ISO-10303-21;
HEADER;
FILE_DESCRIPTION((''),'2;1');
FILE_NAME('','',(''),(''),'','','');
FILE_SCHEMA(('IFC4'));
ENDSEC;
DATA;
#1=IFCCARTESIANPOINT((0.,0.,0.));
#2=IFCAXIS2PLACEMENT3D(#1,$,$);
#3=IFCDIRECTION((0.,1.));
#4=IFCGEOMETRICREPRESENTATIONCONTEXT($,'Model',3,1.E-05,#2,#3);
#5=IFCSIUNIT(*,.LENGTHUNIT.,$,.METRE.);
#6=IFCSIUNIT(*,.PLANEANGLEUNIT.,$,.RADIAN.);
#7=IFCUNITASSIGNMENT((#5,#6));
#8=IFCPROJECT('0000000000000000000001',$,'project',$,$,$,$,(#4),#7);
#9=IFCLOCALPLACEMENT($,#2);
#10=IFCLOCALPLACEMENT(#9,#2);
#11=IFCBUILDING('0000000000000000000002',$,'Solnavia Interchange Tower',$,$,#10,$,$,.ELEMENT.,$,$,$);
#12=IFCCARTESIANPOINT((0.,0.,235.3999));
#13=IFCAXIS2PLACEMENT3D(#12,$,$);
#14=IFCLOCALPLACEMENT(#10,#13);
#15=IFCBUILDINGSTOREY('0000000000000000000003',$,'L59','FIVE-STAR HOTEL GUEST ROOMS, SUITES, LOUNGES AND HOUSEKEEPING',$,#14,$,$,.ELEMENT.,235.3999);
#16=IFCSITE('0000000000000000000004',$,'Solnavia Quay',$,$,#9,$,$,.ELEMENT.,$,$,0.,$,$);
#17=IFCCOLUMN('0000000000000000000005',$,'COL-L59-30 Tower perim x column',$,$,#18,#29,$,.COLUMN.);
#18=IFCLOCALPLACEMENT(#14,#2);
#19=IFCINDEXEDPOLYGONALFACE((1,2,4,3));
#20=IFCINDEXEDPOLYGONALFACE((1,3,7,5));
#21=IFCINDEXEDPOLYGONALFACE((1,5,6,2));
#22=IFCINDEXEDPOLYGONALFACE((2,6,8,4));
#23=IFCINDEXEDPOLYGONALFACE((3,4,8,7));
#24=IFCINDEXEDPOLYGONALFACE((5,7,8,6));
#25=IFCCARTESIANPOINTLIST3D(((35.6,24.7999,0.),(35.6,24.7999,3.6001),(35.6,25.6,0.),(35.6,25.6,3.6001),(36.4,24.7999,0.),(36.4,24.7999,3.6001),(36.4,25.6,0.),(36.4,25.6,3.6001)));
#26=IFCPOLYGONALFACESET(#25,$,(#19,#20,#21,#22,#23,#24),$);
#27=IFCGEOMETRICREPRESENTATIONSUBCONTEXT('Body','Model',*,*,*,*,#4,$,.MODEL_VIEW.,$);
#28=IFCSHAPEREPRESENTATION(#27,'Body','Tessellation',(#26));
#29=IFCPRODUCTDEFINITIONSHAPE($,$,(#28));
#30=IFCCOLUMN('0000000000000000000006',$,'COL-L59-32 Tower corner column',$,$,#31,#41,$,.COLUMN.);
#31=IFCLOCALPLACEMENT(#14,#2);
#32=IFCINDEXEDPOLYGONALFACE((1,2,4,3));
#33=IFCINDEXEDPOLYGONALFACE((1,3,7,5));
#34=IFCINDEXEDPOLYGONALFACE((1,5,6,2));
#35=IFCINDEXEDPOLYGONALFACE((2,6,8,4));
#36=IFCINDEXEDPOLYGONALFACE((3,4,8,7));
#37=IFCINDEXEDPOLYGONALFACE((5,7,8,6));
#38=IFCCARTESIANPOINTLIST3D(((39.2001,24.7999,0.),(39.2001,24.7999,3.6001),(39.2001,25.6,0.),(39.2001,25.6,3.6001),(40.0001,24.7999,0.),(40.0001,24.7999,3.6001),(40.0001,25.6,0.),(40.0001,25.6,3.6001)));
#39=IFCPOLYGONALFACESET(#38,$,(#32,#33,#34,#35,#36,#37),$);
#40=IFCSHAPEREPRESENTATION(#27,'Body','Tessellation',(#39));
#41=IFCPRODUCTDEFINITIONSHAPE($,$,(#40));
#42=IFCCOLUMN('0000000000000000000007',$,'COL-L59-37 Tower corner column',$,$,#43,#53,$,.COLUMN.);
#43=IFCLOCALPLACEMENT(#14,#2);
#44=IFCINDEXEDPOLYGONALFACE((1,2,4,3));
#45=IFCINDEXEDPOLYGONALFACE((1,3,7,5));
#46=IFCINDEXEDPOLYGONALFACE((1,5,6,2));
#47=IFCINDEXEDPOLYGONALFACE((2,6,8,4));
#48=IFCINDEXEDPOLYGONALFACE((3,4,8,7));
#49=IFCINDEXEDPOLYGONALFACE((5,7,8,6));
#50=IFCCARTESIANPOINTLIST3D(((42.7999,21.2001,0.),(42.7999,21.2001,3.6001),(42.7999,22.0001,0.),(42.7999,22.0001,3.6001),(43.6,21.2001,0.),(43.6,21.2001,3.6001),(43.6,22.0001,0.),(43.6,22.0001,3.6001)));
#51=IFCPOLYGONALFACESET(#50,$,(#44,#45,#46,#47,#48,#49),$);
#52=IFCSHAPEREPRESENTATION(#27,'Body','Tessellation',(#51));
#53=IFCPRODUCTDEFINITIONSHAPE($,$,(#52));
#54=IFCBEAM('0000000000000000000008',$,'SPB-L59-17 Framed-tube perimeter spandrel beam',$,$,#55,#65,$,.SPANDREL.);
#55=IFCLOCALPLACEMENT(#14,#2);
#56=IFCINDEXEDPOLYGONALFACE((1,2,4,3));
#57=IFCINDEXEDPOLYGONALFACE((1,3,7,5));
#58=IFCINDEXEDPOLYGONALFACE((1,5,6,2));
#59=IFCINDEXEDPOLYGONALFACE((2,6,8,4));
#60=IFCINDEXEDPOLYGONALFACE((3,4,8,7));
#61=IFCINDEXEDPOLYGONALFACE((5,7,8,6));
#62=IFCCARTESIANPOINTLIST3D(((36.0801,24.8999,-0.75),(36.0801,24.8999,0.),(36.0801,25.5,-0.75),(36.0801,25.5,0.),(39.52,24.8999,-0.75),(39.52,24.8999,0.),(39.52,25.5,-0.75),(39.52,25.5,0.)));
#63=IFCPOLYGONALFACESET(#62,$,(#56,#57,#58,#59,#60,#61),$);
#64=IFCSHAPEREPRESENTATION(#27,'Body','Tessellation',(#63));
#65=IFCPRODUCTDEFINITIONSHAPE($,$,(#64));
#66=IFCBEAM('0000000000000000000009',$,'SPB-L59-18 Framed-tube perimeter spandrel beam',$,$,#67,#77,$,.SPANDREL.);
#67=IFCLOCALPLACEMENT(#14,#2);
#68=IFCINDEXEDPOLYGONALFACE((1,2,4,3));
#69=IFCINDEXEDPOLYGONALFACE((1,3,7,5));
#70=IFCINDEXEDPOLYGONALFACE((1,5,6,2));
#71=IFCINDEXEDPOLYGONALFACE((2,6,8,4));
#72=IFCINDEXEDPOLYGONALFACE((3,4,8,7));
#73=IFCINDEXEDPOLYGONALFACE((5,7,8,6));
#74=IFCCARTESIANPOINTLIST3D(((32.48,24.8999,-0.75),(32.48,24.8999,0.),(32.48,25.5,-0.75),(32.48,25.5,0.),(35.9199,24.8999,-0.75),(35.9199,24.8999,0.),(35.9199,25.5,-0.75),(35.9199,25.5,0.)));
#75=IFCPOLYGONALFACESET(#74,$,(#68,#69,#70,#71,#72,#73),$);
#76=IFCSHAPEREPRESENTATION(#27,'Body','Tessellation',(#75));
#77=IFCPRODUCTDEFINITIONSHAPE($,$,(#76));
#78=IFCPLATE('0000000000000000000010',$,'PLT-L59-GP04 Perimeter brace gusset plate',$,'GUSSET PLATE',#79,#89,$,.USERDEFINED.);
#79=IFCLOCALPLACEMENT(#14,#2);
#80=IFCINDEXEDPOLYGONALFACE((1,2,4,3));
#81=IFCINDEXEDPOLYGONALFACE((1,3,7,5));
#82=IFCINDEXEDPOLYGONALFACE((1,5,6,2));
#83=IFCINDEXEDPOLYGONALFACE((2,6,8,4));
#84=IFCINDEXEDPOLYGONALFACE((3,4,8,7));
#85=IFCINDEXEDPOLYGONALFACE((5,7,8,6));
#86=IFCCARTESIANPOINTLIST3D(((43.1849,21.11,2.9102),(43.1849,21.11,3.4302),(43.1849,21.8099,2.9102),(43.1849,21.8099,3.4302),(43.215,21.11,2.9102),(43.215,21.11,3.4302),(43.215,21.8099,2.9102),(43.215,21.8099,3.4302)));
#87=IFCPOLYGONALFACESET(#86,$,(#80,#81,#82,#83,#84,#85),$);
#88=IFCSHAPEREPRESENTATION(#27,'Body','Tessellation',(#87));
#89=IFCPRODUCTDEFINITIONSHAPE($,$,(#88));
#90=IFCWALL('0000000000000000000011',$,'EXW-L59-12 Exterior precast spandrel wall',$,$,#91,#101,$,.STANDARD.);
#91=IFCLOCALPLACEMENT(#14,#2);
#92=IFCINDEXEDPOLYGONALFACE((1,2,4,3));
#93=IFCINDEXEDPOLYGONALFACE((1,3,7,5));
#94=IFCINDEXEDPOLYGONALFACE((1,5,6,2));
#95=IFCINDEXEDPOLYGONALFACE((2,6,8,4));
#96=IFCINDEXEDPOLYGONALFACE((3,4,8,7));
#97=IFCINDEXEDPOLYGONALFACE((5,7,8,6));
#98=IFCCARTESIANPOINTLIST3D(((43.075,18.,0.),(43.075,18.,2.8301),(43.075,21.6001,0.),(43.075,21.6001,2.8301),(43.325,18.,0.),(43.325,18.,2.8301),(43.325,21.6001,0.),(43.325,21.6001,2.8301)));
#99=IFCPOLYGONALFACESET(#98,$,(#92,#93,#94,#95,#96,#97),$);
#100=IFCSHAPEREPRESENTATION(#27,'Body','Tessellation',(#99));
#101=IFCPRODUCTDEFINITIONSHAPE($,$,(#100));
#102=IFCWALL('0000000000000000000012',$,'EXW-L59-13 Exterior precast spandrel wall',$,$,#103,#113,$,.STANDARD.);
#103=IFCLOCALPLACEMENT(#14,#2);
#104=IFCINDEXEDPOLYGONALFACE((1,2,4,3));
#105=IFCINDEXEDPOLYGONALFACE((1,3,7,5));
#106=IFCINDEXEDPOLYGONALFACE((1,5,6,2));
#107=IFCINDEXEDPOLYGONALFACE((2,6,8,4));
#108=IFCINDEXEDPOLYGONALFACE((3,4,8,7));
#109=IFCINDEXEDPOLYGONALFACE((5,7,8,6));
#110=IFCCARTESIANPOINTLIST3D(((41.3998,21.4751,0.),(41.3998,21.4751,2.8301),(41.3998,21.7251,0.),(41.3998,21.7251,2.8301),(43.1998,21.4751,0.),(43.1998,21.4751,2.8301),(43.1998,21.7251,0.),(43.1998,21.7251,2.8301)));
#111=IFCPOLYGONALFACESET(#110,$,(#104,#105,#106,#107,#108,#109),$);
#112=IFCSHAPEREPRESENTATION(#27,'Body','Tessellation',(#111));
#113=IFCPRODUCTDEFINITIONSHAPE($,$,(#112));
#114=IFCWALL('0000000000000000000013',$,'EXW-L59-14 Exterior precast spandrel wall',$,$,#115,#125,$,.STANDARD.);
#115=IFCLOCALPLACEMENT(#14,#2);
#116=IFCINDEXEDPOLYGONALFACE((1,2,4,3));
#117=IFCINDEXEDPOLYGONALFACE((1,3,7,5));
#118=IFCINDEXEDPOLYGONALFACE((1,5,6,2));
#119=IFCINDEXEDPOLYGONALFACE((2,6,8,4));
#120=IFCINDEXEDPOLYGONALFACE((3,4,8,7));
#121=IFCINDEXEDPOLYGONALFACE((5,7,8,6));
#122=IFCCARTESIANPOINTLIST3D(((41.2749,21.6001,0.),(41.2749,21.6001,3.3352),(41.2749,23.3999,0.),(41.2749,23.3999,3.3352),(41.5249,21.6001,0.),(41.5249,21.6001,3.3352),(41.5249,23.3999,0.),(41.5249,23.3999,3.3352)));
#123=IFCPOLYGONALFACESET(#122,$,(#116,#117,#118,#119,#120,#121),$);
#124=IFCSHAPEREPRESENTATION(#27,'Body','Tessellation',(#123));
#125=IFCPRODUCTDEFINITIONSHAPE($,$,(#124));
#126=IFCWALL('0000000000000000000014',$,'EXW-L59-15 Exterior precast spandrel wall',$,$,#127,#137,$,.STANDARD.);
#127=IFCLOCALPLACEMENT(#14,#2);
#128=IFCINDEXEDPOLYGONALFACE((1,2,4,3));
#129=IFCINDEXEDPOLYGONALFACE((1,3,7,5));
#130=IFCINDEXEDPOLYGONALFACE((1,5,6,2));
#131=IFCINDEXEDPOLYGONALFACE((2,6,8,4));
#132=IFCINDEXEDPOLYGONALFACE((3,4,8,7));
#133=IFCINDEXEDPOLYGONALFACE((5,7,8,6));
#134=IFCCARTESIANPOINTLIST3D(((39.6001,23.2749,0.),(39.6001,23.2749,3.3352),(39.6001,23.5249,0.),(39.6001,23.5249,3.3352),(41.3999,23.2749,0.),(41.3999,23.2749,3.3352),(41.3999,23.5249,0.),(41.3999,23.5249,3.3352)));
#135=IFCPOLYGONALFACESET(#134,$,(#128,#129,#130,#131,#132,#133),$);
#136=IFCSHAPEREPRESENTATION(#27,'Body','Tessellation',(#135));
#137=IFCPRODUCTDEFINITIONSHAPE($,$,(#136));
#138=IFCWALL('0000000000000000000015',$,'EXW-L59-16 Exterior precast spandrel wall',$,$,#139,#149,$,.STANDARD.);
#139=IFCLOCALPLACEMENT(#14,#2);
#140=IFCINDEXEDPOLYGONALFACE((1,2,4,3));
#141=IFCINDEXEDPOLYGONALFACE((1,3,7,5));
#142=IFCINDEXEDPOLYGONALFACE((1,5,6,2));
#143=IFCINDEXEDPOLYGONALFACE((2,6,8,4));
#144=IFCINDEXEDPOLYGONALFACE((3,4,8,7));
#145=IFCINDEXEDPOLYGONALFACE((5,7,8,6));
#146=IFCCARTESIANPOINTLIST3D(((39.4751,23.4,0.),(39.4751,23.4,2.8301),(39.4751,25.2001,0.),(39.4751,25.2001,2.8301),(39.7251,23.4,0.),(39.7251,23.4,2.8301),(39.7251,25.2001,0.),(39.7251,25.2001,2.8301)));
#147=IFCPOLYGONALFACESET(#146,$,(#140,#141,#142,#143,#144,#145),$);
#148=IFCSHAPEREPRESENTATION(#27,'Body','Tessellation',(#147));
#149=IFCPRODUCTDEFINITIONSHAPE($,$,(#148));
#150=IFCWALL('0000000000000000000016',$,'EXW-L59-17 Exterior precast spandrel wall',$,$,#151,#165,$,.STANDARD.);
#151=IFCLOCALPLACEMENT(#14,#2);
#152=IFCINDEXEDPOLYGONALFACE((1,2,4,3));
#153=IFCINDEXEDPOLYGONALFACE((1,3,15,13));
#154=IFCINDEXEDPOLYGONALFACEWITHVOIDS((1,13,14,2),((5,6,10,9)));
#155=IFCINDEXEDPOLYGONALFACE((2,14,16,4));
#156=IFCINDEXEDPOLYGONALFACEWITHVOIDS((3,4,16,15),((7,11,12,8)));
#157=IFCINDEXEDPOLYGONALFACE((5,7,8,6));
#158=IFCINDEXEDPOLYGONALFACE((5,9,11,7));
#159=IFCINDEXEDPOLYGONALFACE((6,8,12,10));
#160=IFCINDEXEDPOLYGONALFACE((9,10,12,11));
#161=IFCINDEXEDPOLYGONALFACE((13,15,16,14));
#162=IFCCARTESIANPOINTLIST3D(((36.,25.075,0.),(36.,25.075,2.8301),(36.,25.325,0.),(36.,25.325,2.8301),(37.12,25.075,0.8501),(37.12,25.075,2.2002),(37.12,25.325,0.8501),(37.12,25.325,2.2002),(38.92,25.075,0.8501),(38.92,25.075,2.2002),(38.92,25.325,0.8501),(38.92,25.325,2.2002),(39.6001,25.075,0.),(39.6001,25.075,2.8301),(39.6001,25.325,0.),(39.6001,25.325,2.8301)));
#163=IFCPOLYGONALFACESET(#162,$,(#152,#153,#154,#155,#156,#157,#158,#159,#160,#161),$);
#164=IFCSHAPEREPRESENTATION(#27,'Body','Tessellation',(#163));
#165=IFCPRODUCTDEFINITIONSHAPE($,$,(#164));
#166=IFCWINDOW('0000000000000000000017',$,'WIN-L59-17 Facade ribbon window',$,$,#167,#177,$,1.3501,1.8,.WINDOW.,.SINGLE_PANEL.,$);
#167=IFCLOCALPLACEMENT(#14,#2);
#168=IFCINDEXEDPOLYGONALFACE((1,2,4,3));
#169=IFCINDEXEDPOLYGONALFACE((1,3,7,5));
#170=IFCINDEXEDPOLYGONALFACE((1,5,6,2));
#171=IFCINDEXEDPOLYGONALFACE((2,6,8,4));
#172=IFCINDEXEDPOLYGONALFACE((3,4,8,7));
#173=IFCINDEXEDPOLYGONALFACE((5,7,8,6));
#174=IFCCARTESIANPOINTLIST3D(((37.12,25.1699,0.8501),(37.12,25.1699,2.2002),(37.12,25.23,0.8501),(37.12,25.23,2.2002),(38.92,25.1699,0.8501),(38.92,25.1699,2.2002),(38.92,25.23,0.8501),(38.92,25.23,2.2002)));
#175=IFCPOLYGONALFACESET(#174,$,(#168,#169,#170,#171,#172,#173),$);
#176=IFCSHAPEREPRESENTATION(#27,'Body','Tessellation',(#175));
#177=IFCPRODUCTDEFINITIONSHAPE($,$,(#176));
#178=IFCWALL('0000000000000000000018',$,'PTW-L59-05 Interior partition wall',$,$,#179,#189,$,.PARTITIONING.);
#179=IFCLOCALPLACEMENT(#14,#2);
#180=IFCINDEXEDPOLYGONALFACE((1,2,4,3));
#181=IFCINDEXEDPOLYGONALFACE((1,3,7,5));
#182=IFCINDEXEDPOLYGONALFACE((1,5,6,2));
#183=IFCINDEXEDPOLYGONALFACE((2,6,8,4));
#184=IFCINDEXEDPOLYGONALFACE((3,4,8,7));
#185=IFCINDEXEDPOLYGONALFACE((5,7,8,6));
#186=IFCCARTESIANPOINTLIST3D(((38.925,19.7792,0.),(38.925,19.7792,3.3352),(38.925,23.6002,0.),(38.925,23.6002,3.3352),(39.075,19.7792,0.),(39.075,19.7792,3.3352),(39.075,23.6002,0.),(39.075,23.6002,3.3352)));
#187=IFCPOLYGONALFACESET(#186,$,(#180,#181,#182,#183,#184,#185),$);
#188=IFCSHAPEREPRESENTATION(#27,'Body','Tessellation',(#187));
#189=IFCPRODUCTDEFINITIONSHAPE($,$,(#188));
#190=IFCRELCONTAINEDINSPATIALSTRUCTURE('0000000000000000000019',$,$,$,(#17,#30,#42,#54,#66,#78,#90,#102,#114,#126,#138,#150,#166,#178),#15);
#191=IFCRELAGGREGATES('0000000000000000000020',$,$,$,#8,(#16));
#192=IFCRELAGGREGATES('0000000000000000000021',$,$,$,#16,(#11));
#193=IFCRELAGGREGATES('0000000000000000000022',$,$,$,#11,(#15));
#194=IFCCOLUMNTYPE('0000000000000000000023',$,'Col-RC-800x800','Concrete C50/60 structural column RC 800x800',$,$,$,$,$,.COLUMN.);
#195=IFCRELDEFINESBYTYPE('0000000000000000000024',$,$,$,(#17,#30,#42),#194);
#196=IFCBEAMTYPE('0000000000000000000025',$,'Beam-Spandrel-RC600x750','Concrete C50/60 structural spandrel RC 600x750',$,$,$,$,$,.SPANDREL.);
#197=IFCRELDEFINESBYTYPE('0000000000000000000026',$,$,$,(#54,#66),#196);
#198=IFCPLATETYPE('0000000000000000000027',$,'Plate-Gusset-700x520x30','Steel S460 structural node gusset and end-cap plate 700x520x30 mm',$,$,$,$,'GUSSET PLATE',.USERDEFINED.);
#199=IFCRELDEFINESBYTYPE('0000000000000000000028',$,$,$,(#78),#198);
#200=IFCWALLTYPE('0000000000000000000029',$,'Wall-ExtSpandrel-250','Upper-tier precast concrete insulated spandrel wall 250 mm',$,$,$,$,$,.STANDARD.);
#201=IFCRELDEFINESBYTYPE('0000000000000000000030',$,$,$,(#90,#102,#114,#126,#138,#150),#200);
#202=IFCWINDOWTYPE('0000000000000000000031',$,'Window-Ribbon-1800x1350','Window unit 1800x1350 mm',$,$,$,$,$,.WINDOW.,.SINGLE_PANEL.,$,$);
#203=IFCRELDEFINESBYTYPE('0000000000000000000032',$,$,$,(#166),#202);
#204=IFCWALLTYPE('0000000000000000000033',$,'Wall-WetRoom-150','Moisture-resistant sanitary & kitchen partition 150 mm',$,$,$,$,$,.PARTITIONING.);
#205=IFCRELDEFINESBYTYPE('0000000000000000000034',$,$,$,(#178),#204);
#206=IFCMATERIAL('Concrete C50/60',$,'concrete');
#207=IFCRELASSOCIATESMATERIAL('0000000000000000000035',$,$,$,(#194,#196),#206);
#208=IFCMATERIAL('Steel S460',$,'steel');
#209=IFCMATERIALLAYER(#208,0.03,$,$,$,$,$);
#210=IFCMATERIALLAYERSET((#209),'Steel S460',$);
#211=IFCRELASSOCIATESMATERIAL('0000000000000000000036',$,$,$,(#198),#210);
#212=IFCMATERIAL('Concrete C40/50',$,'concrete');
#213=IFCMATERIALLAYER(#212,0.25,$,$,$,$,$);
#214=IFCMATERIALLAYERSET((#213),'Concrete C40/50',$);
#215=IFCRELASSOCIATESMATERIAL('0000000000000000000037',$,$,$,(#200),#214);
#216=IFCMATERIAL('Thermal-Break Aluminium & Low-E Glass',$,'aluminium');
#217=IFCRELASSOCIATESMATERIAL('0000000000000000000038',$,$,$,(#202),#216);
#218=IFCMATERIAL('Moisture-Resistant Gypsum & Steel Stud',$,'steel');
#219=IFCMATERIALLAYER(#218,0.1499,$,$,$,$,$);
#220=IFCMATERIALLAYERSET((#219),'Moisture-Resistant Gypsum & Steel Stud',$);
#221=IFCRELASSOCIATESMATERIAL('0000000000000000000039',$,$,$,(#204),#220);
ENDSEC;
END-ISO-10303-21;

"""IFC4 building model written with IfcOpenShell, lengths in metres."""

from ifc_helpers import new_model, si_unit, direction, frame, frame_2d, origin, origin_2d, place, context, subcontext, project, spatial, rectangle, extrude, material, layer, layer_set, material_profile, profile_set, type_object, element, fill, save


model = new_model("IFC4")

# Units and contexts
model_context = context("Model", 3, precision=1e-05, world=origin(), true_north=direction((0.0, 1.0)))
body_context = subcontext(model_context, "Body", "Model", "MODEL_VIEW")
ifc_project = project(units=[si_unit("LENGTHUNIT", "METRE"), si_unit("PLANEANGLEUNIT", "RADIAN")], contexts=[model_context])

# Site, building, storey
site_placement = place(None, origin())
site = spatial("IfcSite", under=ifc_project, at=site_placement, Name="Solnavia Quay", CompositionType="ELEMENT", RefElevation=0.0)
building_placement = place(site_placement, origin())
building = spatial("IfcBuilding", under=site, at=building_placement, Name="Solnavia Interchange Tower", CompositionType="ELEMENT")
storey_placement = place(building_placement, frame((0.0, 0.0, 235.3999)))
storey = spatial("IfcBuildingStorey", under=building, at=storey_placement, Name="L59", Description="FIVE-STAR HOTEL GUEST ROOMS, SUITES, LOUNGES AND HOUSEKEEPING", CompositionType="ELEMENT", Elevation=235.3999)

# Columns
ifc_material_1 = material(Name="Concrete C50/60", Category="concrete")
ifc_material_profile_1 = material_profile(ifc_material_1, rectangle(XDim=0.8, YDim=0.8, at=origin_2d()), Name="RC 800x800")
ifc_profile_set_1 = profile_set([ifc_material_profile_1], Name="Concrete C50/60")
column_type = type_object("IfcColumnType", Name="Col-RC-800x800", Description="Concrete C50/60 structural column RC 800x800", PredefinedType="COLUMN", material=ifc_profile_set_1)
for number, where, z_axis, x_axis, name in (
    (1, (36.0, 25.2, 0.0), (0.0, 0.0, 1.0), (1.0, 0.0, 0.0), "COL-L59-30 Tower perim x column"),
    (2, (39.6001, 25.2, 0.0), (0.0, 0.0, 1.0), (1.0, 0.0, 0.0), "COL-L59-32 Tower corner column"),
    (3, (43.2, 21.6001, 0.0), (0.0, 0.0, 1.0), (0.0, 1.0, 0.0), "COL-L59-37 Tower corner column"),
):
    element("IfcColumn", number, at=place(storey_placement, frame(where, z_axis=z_axis, x_axis=x_axis)), inside=storey, type_object=column_type, Name=name, PredefinedType="COLUMN", context=body_context, shape_type="SweptSolid", body=[
        extrude(rectangle(XDim=0.8, YDim=0.8, at=origin_2d()), origin(), (0.0, 0.0, 1.0), 3.6001),
    ])

# Beams
ifc_material_profile_2 = material_profile(ifc_material_1, rectangle(XDim=0.6001, YDim=0.75, at=origin_2d()), Name="RC 600x750")
ifc_profile_set_2 = profile_set([ifc_material_profile_2], Name="Concrete C50/60")
beam_type = type_object("IfcBeamType", Name="Beam-Spandrel-RC600x750", Description="Concrete C50/60 structural spandrel RC 600x750", PredefinedType="SPANDREL", material=ifc_profile_set_2)
for number, where, z_axis, x_axis, name in (
    (4, (39.52, 25.2, -0.375), (-1.0, 0.0, 0.0), (0.0, -1.0, 0.0), "SPB-L59-17 Framed-tube perimeter spandrel beam"),
    (5, (35.9199, 25.2, -0.375), (-1.0, 0.0, 0.0), (0.0, -1.0, 0.0), "SPB-L59-18 Framed-tube perimeter spandrel beam"),
):
    element("IfcBeam", number, at=place(storey_placement, frame(where, z_axis=z_axis, x_axis=x_axis)), inside=storey, type_object=beam_type, Name=name, PredefinedType="SPANDREL", context=body_context, shape_type="SweptSolid", body=[
        extrude(rectangle(XDim=0.6001, YDim=0.75, at=origin_2d()), origin(), (0.0, 0.0, 1.0), 3.4399),
    ])

# Plate
ifc_material_2 = material(Name="Steel S460", Category="steel")
ifc_layer_1 = layer(ifc_material_2, 0.03)
ifc_layer_set_1 = layer_set([ifc_layer_1], Name="Steel S460")
plate_type = type_object("IfcPlateType", Name="Plate-Gusset-700x520x30", Description="Steel S460 structural node gusset and end-cap plate 700x520x30 mm", ElementType="GUSSET PLATE", PredefinedType="USERDEFINED", material=ifc_layer_set_1)
plate_placement = place(storey_placement, frame((43.2, 21.46, 2.9102), z_axis=(0.0, 0.0, 1.0), x_axis=(0.0, 1.0, 0.0)))
element("IfcPlate", 6, at=plate_placement, inside=storey, type_object=plate_type, Name="PLT-L59-GP04 Perimeter brace gusset plate", ObjectType="GUSSET PLATE", PredefinedType="USERDEFINED", context=body_context, shape_type="SweptSolid", body=[
    extrude(rectangle(XDim=0.7, YDim=0.03, at=origin_2d()), origin(), (0.0, 0.0, 1.0), 0.52),
])

# Walls
ifc_material_3 = material(Name="Concrete C40/50", Category="concrete")
ifc_layer_2 = layer(ifc_material_3, 0.25)
ifc_layer_set_2 = layer_set([ifc_layer_2], Name="Concrete C40/50")
wall_type_1 = type_object("IfcWallType", Name="Wall-ExtSpandrel-250", Description="Upper-tier precast concrete insulated spandrel wall 250 mm", PredefinedType="STANDARD", material=ifc_layer_set_2)
wall_1_placement = place(storey_placement, frame((43.2, 21.6001, 0.0), z_axis=(0.0, 0.0, 1.0), x_axis=(0.0, -1.0, 0.0)))
element("IfcWall", 7, at=wall_1_placement, inside=storey, type_object=wall_type_1, Name="EXW-L59-12 Exterior precast spandrel wall", PredefinedType="STANDARD", context=body_context, shape_type="SweptSolid", body=[
    extrude(rectangle(XDim=3.6001, YDim=0.25, at=frame_2d((1.8, 0.0))), origin(), (0.0, 0.0, 1.0), 2.8301),
])
wall_2_placement = place(storey_placement, frame((41.3999, 21.6001, 0.0), z_axis=(0.0, 0.0, 1.0), x_axis=(1.0, 0.0, 0.0)))
element("IfcWall", 8, at=wall_2_placement, inside=storey, type_object=wall_type_1, Name="EXW-L59-13 Exterior precast spandrel wall", PredefinedType="STANDARD", context=body_context, shape_type="SweptSolid", body=[
    extrude(rectangle(XDim=1.8, YDim=0.25, at=frame_2d((0.8999, 0.0))), origin(), (0.0, 0.0, 1.0), 2.8301),
])
for number, where, z_axis, x_axis, name in (
    (9, (41.3999, 23.3999, 0.0), (0.0, 0.0, 1.0), (0.0, -1.0, 0.0), "EXW-L59-14 Exterior precast spandrel wall"),
    (10, (39.6001, 23.3999, 0.0), (0.0, 0.0, 1.0), (1.0, 0.0, 0.0), "EXW-L59-15 Exterior precast spandrel wall"),
):
    element("IfcWall", number, at=place(storey_placement, frame(where, z_axis=z_axis, x_axis=x_axis)), inside=storey, type_object=wall_type_1, Name=name, PredefinedType="STANDARD", context=body_context, shape_type="SweptSolid", body=[
        extrude(rectangle(XDim=1.7998, YDim=0.25, at=frame_2d((0.8999, 0.0))), origin(), (0.0, 0.0, 1.0), 3.3352),
    ])
wall_3_placement = place(storey_placement, frame((39.6001, 25.2, 0.0), z_axis=(0.0, 0.0, 1.0), x_axis=(0.0, -1.0, 0.0)))
element("IfcWall", 11, at=wall_3_placement, inside=storey, type_object=wall_type_1, Name="EXW-L59-16 Exterior precast spandrel wall", PredefinedType="STANDARD", context=body_context, shape_type="SweptSolid", body=[
    extrude(rectangle(XDim=1.8, YDim=0.25, at=frame_2d((0.8999, 0.0))), origin(), (0.0, 0.0, 1.0), 2.8301),
])

# Wall, opening, window
wall_4_placement = place(storey_placement, frame((36.0, 25.2, 0.0), z_axis=(0.0, 0.0, 1.0), x_axis=(1.0, 0.0, 0.0)))
wall_4 = element("IfcWall", 12, at=wall_4_placement, inside=storey, type_object=wall_type_1, Name="EXW-L59-17 Exterior precast spandrel wall", PredefinedType="STANDARD", context=body_context, shape_type="SweptSolid", body=[
    extrude(rectangle(XDim=3.6001, YDim=0.25, at=frame_2d((1.8, 0.0))), origin(), (0.0, 0.0, 1.0), 2.8301),
])
opening_placement = place(wall_4_placement, frame((1.1201, 0.0, 0.8501)))
opening = element("IfcOpeningElement", 13, at=opening_placement, cuts=wall_4, PredefinedType="OPENING", context=body_context, shape_type="SweptSolid", body=[
    extrude(rectangle(XDim=1.8, YDim=1.3501, at=frame_2d((0.8999, 0.675))), frame((0.0, 0.135, 0.0), z_axis=(0.0, -1.0, 0.0), x_axis=(1.0, 0.0, 0.0)), (0.0, 0.0, 1.0), 0.27),
])
ifc_material_4 = material(Name="Thermal-Break Aluminium & Low-E Glass", Category="aluminium")
window_type = type_object("IfcWindowType", Name="Window-Ribbon-1800x1350", Description="Window unit 1800x1350 mm", PartitioningType="SINGLE_PANEL", PredefinedType="WINDOW", material=ifc_material_4)
window_placement = place(opening_placement, origin())
window = element("IfcWindow", 14, at=window_placement, inside=storey, type_object=window_type, Name="WIN-L59-17 Facade ribbon window", OverallHeight=1.3501, OverallWidth=1.8, PartitioningType="SINGLE_PANEL", PredefinedType="WINDOW", context=body_context, shape_type="SweptSolid", body=[
    extrude(rectangle(XDim=1.8, YDim=1.3501, at=frame_2d((0.8999, 0.675))), frame((0.0, 0.03, 0.0), z_axis=(0.0, -1.0, 0.0), x_axis=(1.0, 0.0, 0.0)), (0.0, 0.0, 1.0), 0.0601),
])
fill(opening, window)

# Wall
ifc_material_5 = material(Name="Moisture-Resistant Gypsum & Steel Stud", Category="steel")
ifc_layer_3 = layer(ifc_material_5, 0.1499)
ifc_layer_set_3 = layer_set([ifc_layer_3], Name="Moisture-Resistant Gypsum & Steel Stud")
wall_type_2 = type_object("IfcWallType", Name="Wall-WetRoom-150", Description="Moisture-resistant sanitary & kitchen partition 150 mm", PredefinedType="PARTITIONING", material=ifc_layer_set_3)
wall_5_placement = place(storey_placement, frame((39.0, 19.7791, 0.0), z_axis=(0.0, 0.0, 1.0), x_axis=(0.0, 1.0, 0.0)))
element("IfcWall", 15, at=wall_5_placement, inside=storey, type_object=wall_type_2, Name="PTW-L59-05 Interior partition wall", PredefinedType="PARTITIONING", context=body_context, shape_type="SweptSolid", body=[
    extrude(rectangle(XDim=3.821, YDim=0.1499, at=frame_2d((1.9106, 0.0))), origin(), (0.0, 0.0, 1.0), 3.3352),
])

save(model, "model.ifc")
